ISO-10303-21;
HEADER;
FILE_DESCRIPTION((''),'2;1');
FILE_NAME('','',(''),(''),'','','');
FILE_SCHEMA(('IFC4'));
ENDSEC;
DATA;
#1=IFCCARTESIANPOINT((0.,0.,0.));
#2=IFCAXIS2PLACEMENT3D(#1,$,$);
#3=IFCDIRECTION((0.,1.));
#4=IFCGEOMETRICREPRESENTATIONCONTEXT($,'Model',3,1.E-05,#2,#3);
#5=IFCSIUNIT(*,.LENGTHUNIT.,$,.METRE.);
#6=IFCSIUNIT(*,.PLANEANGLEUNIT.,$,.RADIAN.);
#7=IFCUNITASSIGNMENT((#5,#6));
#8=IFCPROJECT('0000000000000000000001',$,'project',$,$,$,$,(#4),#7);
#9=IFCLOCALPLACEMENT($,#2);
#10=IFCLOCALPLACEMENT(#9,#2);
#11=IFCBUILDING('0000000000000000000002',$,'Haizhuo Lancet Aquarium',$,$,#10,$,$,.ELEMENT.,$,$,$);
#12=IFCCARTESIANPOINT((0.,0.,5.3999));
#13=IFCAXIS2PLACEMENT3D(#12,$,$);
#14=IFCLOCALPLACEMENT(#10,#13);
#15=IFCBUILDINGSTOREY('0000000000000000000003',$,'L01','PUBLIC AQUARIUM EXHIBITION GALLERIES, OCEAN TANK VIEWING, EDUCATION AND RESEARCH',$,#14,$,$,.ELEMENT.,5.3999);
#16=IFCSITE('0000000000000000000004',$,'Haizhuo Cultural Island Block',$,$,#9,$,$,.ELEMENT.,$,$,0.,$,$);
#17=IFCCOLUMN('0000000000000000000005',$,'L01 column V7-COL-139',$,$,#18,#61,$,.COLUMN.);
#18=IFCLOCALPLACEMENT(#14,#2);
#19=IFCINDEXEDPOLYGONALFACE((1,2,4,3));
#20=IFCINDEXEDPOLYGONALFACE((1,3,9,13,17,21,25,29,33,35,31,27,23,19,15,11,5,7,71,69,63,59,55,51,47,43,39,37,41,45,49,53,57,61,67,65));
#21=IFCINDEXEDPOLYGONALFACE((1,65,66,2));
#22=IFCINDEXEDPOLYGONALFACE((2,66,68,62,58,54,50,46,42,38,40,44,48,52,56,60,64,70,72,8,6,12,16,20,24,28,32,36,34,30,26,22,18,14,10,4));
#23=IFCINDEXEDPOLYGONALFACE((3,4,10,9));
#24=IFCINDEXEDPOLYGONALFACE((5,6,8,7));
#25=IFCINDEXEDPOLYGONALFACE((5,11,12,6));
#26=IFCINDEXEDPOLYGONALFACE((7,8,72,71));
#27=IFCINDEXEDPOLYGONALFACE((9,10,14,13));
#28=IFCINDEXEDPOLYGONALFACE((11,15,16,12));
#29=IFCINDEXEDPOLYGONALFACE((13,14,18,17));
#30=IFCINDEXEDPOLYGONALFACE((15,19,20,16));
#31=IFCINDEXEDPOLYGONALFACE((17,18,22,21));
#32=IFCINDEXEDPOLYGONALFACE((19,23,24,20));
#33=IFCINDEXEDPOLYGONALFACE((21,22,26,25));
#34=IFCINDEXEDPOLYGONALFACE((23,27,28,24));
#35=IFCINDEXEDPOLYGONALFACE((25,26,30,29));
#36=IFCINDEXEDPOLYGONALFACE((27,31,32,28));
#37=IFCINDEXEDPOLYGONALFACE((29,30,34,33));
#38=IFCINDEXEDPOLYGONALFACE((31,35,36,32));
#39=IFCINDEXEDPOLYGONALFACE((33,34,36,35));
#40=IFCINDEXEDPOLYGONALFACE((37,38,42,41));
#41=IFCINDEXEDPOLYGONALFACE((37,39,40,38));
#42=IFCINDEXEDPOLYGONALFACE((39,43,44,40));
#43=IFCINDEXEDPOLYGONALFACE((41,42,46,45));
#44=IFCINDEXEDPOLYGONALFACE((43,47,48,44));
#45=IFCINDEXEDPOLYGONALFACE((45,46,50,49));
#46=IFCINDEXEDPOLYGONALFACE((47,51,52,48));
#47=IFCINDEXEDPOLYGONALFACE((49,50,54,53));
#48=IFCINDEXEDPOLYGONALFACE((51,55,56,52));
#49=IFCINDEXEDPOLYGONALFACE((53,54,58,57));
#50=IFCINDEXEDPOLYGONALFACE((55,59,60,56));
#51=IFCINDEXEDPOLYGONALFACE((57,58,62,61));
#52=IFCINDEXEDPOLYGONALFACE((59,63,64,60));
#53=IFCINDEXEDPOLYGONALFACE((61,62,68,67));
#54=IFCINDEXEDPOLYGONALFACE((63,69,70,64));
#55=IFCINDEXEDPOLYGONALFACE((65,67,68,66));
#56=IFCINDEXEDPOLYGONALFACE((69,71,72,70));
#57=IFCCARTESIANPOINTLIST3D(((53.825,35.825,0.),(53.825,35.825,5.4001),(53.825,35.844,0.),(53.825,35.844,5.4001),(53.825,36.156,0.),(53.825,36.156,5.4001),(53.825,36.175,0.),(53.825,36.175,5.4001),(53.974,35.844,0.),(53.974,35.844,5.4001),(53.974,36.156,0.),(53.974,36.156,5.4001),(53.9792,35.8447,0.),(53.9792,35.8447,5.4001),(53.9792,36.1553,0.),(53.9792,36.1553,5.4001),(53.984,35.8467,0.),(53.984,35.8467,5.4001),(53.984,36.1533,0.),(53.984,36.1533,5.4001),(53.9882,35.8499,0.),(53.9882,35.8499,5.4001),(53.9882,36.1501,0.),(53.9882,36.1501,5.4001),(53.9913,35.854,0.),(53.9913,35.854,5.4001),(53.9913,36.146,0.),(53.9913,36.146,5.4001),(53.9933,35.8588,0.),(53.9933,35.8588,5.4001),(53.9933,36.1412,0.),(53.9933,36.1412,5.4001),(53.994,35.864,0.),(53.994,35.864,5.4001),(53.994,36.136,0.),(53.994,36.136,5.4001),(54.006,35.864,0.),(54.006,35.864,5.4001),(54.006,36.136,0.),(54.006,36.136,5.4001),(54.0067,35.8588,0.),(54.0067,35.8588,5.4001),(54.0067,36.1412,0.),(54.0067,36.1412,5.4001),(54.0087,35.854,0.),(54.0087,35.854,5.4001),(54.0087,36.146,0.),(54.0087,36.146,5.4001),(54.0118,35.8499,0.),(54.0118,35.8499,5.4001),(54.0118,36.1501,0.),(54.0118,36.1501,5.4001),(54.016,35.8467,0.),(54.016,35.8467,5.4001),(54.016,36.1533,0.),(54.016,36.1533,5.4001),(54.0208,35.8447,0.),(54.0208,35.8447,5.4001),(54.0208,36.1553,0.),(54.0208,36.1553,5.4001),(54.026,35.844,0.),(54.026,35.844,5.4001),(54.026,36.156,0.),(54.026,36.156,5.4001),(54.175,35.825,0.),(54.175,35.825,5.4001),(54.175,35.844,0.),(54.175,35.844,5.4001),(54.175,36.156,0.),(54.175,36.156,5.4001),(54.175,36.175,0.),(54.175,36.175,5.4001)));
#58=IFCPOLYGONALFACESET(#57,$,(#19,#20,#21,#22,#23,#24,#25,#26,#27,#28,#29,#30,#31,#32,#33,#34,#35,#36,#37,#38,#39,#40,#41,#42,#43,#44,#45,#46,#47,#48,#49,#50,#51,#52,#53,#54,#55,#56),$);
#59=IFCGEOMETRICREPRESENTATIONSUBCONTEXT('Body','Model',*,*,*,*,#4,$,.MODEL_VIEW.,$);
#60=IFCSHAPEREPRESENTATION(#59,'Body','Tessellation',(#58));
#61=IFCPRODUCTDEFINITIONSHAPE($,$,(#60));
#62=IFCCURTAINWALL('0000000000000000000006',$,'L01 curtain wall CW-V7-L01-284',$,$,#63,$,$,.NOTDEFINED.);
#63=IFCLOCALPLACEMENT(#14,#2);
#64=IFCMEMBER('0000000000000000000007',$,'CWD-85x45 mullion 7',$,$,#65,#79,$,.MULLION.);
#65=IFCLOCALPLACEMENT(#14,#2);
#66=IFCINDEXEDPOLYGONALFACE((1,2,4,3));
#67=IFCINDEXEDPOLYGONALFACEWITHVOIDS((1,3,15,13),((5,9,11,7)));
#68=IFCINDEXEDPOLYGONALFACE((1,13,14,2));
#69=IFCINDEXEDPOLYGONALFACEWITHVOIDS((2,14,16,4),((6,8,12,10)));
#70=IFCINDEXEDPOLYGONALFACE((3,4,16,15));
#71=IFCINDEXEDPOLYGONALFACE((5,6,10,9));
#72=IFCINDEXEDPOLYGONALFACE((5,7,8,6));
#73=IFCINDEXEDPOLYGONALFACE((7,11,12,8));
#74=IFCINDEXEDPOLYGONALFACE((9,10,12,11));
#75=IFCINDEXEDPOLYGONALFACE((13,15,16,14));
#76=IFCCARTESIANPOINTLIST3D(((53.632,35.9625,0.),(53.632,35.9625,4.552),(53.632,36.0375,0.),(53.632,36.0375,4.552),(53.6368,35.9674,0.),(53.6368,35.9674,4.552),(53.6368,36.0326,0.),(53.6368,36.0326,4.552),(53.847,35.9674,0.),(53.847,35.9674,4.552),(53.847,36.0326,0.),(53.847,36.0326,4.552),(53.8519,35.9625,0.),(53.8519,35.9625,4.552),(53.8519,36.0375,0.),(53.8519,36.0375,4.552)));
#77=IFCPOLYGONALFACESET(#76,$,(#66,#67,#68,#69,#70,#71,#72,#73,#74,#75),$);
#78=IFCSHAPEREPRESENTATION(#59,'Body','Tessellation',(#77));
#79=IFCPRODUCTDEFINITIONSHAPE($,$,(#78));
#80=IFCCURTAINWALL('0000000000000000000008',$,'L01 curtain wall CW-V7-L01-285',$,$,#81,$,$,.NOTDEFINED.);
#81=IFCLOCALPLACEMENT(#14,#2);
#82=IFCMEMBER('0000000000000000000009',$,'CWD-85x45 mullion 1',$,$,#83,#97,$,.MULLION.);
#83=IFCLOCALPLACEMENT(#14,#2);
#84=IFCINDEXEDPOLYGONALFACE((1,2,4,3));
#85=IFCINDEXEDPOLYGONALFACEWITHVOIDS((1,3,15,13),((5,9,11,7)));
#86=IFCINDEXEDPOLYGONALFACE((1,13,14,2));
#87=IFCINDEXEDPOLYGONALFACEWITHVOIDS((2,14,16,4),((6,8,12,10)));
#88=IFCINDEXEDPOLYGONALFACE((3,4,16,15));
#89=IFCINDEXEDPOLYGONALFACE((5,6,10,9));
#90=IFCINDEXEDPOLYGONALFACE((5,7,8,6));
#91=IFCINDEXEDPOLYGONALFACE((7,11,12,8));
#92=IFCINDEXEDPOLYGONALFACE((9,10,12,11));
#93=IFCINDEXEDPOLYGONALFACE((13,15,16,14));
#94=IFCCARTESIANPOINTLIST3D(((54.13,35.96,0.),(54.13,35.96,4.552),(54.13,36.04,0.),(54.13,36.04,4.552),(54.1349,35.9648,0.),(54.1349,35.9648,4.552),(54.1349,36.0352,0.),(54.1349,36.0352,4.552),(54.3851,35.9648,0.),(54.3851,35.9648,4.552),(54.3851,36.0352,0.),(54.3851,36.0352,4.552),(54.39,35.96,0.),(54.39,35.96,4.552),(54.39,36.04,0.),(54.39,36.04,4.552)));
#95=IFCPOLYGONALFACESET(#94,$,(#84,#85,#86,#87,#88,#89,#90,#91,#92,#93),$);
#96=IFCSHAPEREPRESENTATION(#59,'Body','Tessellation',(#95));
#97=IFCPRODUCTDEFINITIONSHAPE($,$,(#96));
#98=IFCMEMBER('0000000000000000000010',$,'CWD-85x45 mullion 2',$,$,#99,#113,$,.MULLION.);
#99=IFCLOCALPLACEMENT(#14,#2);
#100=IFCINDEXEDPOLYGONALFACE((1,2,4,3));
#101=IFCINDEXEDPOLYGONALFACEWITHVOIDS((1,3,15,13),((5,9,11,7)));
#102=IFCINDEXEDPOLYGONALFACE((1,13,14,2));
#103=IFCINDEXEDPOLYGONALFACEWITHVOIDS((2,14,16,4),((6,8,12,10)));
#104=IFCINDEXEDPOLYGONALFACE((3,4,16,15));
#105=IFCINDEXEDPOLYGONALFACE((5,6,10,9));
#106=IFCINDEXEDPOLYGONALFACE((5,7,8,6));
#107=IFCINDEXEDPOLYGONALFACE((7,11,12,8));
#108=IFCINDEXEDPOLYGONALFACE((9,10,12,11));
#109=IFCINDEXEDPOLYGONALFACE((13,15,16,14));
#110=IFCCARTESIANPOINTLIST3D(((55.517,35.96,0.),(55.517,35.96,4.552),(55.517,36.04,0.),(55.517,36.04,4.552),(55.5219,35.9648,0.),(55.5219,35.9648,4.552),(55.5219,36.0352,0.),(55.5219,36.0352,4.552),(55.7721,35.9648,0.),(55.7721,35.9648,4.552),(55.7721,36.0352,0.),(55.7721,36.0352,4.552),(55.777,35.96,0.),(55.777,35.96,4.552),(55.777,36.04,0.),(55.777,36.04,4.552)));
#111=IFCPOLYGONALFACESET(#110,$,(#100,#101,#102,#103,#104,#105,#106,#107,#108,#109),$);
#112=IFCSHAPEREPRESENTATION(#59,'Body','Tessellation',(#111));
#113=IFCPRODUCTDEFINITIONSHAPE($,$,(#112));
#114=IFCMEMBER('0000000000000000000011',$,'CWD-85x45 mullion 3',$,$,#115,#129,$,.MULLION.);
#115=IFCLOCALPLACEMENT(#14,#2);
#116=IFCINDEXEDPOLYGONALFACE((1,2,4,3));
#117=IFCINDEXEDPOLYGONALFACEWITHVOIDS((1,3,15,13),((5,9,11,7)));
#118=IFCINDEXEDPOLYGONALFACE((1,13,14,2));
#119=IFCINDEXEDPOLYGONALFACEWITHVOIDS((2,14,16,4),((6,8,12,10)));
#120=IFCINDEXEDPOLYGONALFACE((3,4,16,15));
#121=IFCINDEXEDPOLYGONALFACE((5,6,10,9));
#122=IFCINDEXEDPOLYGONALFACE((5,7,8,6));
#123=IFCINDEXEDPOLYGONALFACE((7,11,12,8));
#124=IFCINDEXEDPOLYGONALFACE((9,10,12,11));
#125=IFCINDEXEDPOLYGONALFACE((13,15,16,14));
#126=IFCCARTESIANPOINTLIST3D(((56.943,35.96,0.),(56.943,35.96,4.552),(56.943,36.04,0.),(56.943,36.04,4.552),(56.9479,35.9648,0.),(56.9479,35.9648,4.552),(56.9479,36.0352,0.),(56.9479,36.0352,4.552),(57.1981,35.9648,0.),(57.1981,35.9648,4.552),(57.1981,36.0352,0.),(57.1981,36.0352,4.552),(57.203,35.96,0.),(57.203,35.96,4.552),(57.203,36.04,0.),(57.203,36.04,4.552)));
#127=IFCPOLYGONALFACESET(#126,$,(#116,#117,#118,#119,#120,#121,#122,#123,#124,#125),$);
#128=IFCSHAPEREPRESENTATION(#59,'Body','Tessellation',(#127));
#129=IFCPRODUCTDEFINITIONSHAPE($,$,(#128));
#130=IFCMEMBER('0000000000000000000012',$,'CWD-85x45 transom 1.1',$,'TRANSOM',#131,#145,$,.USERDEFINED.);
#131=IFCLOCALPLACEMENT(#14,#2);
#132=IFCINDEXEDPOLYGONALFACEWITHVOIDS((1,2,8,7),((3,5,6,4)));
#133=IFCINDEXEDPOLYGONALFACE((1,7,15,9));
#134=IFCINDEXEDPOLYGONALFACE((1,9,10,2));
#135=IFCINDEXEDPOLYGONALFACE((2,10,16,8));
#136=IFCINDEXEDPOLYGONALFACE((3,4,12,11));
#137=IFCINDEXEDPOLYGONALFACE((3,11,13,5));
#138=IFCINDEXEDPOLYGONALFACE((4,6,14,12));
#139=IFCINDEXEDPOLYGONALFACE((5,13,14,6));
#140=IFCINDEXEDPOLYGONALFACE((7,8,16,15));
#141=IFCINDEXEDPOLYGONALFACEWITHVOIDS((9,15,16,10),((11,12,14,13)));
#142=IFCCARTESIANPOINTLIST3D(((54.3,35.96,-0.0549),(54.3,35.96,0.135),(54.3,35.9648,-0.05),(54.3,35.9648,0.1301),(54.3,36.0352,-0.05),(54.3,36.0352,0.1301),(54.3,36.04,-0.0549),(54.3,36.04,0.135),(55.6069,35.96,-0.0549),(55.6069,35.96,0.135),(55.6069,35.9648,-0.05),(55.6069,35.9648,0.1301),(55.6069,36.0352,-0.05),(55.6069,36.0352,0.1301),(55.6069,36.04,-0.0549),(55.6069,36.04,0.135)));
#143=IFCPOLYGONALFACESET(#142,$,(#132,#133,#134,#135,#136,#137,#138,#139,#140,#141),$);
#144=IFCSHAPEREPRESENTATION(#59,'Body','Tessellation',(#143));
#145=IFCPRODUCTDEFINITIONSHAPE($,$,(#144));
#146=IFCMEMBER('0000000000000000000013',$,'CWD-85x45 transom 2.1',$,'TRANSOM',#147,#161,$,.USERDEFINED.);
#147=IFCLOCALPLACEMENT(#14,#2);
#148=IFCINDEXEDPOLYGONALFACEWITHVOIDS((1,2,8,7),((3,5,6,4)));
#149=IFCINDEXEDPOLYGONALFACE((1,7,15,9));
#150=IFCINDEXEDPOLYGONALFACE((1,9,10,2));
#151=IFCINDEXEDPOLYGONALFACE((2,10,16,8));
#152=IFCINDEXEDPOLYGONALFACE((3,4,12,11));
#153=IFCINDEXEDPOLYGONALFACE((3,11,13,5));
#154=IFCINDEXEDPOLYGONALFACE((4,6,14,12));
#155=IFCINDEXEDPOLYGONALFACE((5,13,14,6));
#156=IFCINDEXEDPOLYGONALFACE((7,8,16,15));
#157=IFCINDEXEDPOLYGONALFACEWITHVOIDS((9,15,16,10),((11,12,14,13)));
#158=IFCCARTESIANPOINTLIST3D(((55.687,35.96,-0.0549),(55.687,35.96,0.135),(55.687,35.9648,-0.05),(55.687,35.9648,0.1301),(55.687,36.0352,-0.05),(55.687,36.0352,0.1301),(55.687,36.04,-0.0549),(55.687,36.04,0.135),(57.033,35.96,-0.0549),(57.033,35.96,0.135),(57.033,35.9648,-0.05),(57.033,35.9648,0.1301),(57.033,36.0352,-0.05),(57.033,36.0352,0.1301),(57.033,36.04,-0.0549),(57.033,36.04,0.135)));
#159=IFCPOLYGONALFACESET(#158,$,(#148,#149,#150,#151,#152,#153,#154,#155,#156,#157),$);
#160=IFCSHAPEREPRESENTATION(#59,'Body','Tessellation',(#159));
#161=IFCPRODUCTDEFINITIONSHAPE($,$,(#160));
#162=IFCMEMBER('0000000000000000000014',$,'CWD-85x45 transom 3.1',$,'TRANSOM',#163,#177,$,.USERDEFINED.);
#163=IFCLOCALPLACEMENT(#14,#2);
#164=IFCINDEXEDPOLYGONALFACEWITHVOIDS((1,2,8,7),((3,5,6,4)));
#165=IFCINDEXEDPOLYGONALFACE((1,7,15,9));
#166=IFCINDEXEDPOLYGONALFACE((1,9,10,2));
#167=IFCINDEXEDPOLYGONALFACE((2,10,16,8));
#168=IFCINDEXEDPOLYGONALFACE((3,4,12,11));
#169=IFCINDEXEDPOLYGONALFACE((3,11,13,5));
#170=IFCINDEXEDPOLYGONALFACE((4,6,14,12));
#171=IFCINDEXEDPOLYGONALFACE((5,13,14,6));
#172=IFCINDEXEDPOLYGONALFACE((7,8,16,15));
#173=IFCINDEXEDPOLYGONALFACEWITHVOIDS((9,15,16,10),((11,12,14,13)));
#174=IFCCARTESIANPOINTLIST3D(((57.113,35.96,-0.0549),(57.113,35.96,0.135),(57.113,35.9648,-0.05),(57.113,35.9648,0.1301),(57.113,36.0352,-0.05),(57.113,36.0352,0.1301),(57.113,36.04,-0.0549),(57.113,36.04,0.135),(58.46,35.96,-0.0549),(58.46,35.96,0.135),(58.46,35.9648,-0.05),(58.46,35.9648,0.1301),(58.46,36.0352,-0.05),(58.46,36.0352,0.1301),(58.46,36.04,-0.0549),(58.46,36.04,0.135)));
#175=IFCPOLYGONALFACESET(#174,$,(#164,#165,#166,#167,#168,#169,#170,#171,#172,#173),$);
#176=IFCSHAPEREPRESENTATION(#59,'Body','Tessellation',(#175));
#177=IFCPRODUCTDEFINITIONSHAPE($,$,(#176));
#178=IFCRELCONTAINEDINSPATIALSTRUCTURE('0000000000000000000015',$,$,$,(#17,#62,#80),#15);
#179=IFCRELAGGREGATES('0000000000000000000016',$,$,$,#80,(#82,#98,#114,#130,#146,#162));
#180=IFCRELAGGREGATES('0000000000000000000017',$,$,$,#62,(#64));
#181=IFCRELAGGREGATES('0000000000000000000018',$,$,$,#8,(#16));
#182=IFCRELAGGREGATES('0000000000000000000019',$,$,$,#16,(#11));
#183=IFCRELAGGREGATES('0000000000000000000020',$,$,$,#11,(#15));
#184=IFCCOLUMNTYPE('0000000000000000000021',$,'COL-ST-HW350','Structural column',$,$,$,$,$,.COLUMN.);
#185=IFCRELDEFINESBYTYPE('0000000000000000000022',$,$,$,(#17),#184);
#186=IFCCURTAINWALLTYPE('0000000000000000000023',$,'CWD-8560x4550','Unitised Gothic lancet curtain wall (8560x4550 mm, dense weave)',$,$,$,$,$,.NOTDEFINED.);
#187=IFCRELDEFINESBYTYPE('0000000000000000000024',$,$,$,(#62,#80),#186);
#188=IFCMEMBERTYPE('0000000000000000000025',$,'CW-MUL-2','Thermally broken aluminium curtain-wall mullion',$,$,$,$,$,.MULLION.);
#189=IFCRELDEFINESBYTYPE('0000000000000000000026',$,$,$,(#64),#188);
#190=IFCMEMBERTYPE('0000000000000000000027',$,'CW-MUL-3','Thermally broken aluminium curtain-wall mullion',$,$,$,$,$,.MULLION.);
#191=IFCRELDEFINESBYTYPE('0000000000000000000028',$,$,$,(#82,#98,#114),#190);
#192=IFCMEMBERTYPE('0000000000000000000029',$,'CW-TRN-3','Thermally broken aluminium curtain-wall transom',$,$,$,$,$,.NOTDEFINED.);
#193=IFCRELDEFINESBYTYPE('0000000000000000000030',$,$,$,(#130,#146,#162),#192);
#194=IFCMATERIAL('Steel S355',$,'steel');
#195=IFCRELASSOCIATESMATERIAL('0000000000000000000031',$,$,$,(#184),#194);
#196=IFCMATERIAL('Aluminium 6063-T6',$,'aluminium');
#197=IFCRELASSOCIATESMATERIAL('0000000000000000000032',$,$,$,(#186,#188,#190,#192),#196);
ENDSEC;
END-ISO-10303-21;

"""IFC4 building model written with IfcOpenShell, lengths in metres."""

from ifc_helpers import new_model, si_unit, direction, frame, origin, origin_2d, place, context, subcontext, project, spatial, hollow_rectangle, i_section, extrude, material, material_profile, profile_set, type_object, element, aggregate, save


model = new_model("IFC4")

# Units and contexts
model_context = context("Model", 3, precision=1e-05, world=origin(), true_north=direction((0.0, 1.0)))
body_context = subcontext(model_context, "Body", "Model", "MODEL_VIEW")
ifc_project = project(units=[si_unit("LENGTHUNIT", "METRE"), si_unit("PLANEANGLEUNIT", "RADIAN")], contexts=[model_context])

# Site, building, storey
site_placement = place(None, origin())
site = spatial("IfcSite", under=ifc_project, at=site_placement, Name="Haizhuo Cultural Island Block", CompositionType="ELEMENT", RefElevation=0.0)
building_placement = place(site_placement, origin())
building = spatial("IfcBuilding", under=site, at=building_placement, Name="Haizhuo Lancet Aquarium", CompositionType="ELEMENT")
storey_placement = place(building_placement, frame((0.0, 0.0, 5.3999)))
storey = spatial("IfcBuildingStorey", under=building, at=storey_placement, Name="L01", Description="PUBLIC AQUARIUM EXHIBITION GALLERIES, OCEAN TANK VIEWING, EDUCATION AND RESEARCH", CompositionType="ELEMENT", Elevation=5.3999)

# Column
ifc_material_1 = material(Name="Steel S355", Category="steel")
ifc_material_profile_1 = material_profile(ifc_material_1, i_section(OverallWidth=0.3501, OverallDepth=0.3501, WebThickness=0.012, FlangeThickness=0.019, FilletRadius=0.02, at=origin_2d()), Name="HW 350x350x12x19")
ifc_profile_set_1 = profile_set([ifc_material_profile_1], Name="Steel S355")
column_type = type_object("IfcColumnType", Name="COL-ST-HW350", Description="Structural column", PredefinedType="COLUMN", material=ifc_profile_set_1)
column_placement = place(storey_placement, frame((54.0, 36.0, 0.0), z_axis=(0.0, 0.0, 1.0), x_axis=(1.0, 0.0, 0.0)))
element("IfcColumn", 1, at=column_placement, inside=storey, type_object=column_type, Name="L01 column V7-COL-139", PredefinedType="COLUMN", context=body_context, shape_type="SweptSolid", body=[
    extrude(i_section(OverallWidth=0.3501, OverallDepth=0.3501, WebThickness=0.012, FlangeThickness=0.019, FilletRadius=0.02, at=origin_2d()), origin(), (0.0, 0.0, 1.0), 5.4001),
])

# Curtain wall, member
ifc_material_2 = material(Name="Aluminium 6063-T6", Category="aluminium")
curtain_wall_type = type_object("IfcCurtainWallType", Name="CWD-8560x4550", Description="Unitised Gothic lancet curtain wall (8560x4550 mm, dense weave)", PredefinedType="NOTDEFINED", material=ifc_material_2)
curtain_wall_1_placement = place(storey_placement, origin())
curtain_wall_1 = element("IfcCurtainWall", 2, at=curtain_wall_1_placement, inside=storey, type_object=curtain_wall_type, Name="L01 curtain wall CW-V7-L01-284", PredefinedType="NOTDEFINED")
ifc_material_profile_2 = material_profile(ifc_material_2, hollow_rectangle(XDim=0.075, YDim=0.22, WallThickness=0.0049, at=origin_2d()), Name="ALU-M 75x220x5")
ifc_profile_set_2 = profile_set([ifc_material_profile_2], Name="Aluminium 6063-T6")
member_type_1 = type_object("IfcMemberType", Name="CW-MUL-2", Description="Thermally broken aluminium curtain-wall mullion", PredefinedType="MULLION", material=ifc_profile_set_2)
member_1_placement = place(storey_placement, frame((53.7419, 36.0, 0.0), z_axis=(0.0, 0.0, 1.0), x_axis=(0.0, 1.0, 0.0)))
member_1 = element("IfcMember", 3, at=member_1_placement, type_object=member_type_1, Name="CWD-85x45 mullion 7", PredefinedType="MULLION", context=body_context, shape_type="SweptSolid", body=[
    extrude(hollow_rectangle(XDim=0.075, YDim=0.22, WallThickness=0.0049, at=origin_2d()), origin(), (0.0, 0.0, 1.0), 4.552),
])

# Curtain wall, members
curtain_wall_2_placement = place(storey_placement, origin())
curtain_wall_2 = element("IfcCurtainWall", 4, at=curtain_wall_2_placement, inside=storey, type_object=curtain_wall_type, Name="L01 curtain wall CW-V7-L01-285", PredefinedType="NOTDEFINED")
ifc_material_profile_3 = material_profile(ifc_material_2, hollow_rectangle(XDim=0.0801, YDim=0.26, WallThickness=0.0049, at=origin_2d()), Name="ALU-M 80x260x5")
ifc_profile_set_3 = profile_set([ifc_material_profile_3], Name="Aluminium 6063-T6")
member_type_2 = type_object("IfcMemberType", Name="CW-MUL-3", Description="Thermally broken aluminium curtain-wall mullion", PredefinedType="MULLION", material=ifc_profile_set_3)
member_2_placement = place(storey_placement, frame((54.26, 36.0, 0.0), z_axis=(0.0, 0.0, 1.0), x_axis=(0.0, 1.0, 0.0)))
member_2 = element("IfcMember", 5, at=member_2_placement, type_object=member_type_2, Name="CWD-85x45 mullion 1", PredefinedType="MULLION", context=body_context, shape_type="SweptSolid", body=[
    extrude(hollow_rectangle(XDim=0.0801, YDim=0.26, WallThickness=0.0049, at=origin_2d()), origin(), (0.0, 0.0, 1.0), 4.552),
])
member_3_placement = place(storey_placement, frame((55.647, 36.0, 0.0), z_axis=(0.0, 0.0, 1.0), x_axis=(0.0, 1.0, 0.0)))
member_3 = element("IfcMember", 6, at=member_3_placement, type_object=member_type_2, Name="CWD-85x45 mullion 2", PredefinedType="MULLION", context=body_context, shape_type="SweptSolid", body=[
    extrude(hollow_rectangle(XDim=0.0801, YDim=0.26, WallThickness=0.0049, at=origin_2d()), origin(), (0.0, 0.0, 1.0), 4.552),
])
member_4_placement = place(storey_placement, frame((57.073, 36.0, 0.0), z_axis=(0.0, 0.0, 1.0), x_axis=(0.0, 1.0, 0.0)))
member_4 = element("IfcMember", 7, at=member_4_placement, type_object=member_type_2, Name="CWD-85x45 mullion 3", PredefinedType="MULLION", context=body_context, shape_type="SweptSolid", body=[
    extrude(hollow_rectangle(XDim=0.0801, YDim=0.26, WallThickness=0.0049, at=origin_2d()), origin(), (0.0, 0.0, 1.0), 4.552),
])
ifc_material_profile_4 = material_profile(ifc_material_2, hollow_rectangle(XDim=0.0801, YDim=0.1899, WallThickness=0.0049, at=origin_2d()), Name="ALU-T 80x190x5")
ifc_profile_set_4 = profile_set([ifc_material_profile_4], Name="Aluminium 6063-T6")
member_type_3 = type_object("IfcMemberType", Name="CW-TRN-3", Description="Thermally broken aluminium curtain-wall transom", PredefinedType="NOTDEFINED", material=ifc_profile_set_4)
member_5_placement = place(storey_placement, frame((54.3, 36.0, 0.04), z_axis=(1.0, 0.0, 0.0), x_axis=(0.0, 1.0, 0.0)))
member_5 = element("IfcMember", 8, at=member_5_placement, type_object=member_type_3, Name="CWD-85x45 transom 1.1", ObjectType="TRANSOM", PredefinedType="USERDEFINED", context=body_context, shape_type="SweptSolid", body=[
    extrude(hollow_rectangle(XDim=0.0801, YDim=0.1899, WallThickness=0.0049, at=origin_2d()), origin(), (0.0, 0.0, 1.0), 1.3069),
])
member_6_placement = place(storey_placement, frame((55.687, 36.0, 0.04), z_axis=(1.0, 0.0, 0.0), x_axis=(0.0, 1.0, 0.0)))
member_6 = element("IfcMember", 9, at=member_6_placement, type_object=member_type_3, Name="CWD-85x45 transom 2.1", ObjectType="TRANSOM", PredefinedType="USERDEFINED", context=body_context, shape_type="SweptSolid", body=[
    extrude(hollow_rectangle(XDim=0.0801, YDim=0.1899, WallThickness=0.0049, at=origin_2d()), origin(), (0.0, 0.0, 1.0), 1.3459),
])
member_7_placement = place(storey_placement, frame((57.113, 36.0, 0.04), z_axis=(1.0, 0.0, 0.0), x_axis=(0.0, 1.0, 0.0)))
member_7 = element("IfcMember", 10, at=member_7_placement, type_object=member_type_3, Name="CWD-85x45 transom 3.1", ObjectType="TRANSOM", PredefinedType="USERDEFINED", context=body_context, shape_type="SweptSolid", body=[
    extrude(hollow_rectangle(XDim=0.0801, YDim=0.1899, WallThickness=0.0049, at=origin_2d()), origin(), (0.0, 0.0, 1.0), 1.3469),
])

aggregate(curtain_wall_2, [member_2, member_3, member_4, member_5, member_6, member_7])
aggregate(curtain_wall_1, [member_1])

save(model, "model.ifc")
